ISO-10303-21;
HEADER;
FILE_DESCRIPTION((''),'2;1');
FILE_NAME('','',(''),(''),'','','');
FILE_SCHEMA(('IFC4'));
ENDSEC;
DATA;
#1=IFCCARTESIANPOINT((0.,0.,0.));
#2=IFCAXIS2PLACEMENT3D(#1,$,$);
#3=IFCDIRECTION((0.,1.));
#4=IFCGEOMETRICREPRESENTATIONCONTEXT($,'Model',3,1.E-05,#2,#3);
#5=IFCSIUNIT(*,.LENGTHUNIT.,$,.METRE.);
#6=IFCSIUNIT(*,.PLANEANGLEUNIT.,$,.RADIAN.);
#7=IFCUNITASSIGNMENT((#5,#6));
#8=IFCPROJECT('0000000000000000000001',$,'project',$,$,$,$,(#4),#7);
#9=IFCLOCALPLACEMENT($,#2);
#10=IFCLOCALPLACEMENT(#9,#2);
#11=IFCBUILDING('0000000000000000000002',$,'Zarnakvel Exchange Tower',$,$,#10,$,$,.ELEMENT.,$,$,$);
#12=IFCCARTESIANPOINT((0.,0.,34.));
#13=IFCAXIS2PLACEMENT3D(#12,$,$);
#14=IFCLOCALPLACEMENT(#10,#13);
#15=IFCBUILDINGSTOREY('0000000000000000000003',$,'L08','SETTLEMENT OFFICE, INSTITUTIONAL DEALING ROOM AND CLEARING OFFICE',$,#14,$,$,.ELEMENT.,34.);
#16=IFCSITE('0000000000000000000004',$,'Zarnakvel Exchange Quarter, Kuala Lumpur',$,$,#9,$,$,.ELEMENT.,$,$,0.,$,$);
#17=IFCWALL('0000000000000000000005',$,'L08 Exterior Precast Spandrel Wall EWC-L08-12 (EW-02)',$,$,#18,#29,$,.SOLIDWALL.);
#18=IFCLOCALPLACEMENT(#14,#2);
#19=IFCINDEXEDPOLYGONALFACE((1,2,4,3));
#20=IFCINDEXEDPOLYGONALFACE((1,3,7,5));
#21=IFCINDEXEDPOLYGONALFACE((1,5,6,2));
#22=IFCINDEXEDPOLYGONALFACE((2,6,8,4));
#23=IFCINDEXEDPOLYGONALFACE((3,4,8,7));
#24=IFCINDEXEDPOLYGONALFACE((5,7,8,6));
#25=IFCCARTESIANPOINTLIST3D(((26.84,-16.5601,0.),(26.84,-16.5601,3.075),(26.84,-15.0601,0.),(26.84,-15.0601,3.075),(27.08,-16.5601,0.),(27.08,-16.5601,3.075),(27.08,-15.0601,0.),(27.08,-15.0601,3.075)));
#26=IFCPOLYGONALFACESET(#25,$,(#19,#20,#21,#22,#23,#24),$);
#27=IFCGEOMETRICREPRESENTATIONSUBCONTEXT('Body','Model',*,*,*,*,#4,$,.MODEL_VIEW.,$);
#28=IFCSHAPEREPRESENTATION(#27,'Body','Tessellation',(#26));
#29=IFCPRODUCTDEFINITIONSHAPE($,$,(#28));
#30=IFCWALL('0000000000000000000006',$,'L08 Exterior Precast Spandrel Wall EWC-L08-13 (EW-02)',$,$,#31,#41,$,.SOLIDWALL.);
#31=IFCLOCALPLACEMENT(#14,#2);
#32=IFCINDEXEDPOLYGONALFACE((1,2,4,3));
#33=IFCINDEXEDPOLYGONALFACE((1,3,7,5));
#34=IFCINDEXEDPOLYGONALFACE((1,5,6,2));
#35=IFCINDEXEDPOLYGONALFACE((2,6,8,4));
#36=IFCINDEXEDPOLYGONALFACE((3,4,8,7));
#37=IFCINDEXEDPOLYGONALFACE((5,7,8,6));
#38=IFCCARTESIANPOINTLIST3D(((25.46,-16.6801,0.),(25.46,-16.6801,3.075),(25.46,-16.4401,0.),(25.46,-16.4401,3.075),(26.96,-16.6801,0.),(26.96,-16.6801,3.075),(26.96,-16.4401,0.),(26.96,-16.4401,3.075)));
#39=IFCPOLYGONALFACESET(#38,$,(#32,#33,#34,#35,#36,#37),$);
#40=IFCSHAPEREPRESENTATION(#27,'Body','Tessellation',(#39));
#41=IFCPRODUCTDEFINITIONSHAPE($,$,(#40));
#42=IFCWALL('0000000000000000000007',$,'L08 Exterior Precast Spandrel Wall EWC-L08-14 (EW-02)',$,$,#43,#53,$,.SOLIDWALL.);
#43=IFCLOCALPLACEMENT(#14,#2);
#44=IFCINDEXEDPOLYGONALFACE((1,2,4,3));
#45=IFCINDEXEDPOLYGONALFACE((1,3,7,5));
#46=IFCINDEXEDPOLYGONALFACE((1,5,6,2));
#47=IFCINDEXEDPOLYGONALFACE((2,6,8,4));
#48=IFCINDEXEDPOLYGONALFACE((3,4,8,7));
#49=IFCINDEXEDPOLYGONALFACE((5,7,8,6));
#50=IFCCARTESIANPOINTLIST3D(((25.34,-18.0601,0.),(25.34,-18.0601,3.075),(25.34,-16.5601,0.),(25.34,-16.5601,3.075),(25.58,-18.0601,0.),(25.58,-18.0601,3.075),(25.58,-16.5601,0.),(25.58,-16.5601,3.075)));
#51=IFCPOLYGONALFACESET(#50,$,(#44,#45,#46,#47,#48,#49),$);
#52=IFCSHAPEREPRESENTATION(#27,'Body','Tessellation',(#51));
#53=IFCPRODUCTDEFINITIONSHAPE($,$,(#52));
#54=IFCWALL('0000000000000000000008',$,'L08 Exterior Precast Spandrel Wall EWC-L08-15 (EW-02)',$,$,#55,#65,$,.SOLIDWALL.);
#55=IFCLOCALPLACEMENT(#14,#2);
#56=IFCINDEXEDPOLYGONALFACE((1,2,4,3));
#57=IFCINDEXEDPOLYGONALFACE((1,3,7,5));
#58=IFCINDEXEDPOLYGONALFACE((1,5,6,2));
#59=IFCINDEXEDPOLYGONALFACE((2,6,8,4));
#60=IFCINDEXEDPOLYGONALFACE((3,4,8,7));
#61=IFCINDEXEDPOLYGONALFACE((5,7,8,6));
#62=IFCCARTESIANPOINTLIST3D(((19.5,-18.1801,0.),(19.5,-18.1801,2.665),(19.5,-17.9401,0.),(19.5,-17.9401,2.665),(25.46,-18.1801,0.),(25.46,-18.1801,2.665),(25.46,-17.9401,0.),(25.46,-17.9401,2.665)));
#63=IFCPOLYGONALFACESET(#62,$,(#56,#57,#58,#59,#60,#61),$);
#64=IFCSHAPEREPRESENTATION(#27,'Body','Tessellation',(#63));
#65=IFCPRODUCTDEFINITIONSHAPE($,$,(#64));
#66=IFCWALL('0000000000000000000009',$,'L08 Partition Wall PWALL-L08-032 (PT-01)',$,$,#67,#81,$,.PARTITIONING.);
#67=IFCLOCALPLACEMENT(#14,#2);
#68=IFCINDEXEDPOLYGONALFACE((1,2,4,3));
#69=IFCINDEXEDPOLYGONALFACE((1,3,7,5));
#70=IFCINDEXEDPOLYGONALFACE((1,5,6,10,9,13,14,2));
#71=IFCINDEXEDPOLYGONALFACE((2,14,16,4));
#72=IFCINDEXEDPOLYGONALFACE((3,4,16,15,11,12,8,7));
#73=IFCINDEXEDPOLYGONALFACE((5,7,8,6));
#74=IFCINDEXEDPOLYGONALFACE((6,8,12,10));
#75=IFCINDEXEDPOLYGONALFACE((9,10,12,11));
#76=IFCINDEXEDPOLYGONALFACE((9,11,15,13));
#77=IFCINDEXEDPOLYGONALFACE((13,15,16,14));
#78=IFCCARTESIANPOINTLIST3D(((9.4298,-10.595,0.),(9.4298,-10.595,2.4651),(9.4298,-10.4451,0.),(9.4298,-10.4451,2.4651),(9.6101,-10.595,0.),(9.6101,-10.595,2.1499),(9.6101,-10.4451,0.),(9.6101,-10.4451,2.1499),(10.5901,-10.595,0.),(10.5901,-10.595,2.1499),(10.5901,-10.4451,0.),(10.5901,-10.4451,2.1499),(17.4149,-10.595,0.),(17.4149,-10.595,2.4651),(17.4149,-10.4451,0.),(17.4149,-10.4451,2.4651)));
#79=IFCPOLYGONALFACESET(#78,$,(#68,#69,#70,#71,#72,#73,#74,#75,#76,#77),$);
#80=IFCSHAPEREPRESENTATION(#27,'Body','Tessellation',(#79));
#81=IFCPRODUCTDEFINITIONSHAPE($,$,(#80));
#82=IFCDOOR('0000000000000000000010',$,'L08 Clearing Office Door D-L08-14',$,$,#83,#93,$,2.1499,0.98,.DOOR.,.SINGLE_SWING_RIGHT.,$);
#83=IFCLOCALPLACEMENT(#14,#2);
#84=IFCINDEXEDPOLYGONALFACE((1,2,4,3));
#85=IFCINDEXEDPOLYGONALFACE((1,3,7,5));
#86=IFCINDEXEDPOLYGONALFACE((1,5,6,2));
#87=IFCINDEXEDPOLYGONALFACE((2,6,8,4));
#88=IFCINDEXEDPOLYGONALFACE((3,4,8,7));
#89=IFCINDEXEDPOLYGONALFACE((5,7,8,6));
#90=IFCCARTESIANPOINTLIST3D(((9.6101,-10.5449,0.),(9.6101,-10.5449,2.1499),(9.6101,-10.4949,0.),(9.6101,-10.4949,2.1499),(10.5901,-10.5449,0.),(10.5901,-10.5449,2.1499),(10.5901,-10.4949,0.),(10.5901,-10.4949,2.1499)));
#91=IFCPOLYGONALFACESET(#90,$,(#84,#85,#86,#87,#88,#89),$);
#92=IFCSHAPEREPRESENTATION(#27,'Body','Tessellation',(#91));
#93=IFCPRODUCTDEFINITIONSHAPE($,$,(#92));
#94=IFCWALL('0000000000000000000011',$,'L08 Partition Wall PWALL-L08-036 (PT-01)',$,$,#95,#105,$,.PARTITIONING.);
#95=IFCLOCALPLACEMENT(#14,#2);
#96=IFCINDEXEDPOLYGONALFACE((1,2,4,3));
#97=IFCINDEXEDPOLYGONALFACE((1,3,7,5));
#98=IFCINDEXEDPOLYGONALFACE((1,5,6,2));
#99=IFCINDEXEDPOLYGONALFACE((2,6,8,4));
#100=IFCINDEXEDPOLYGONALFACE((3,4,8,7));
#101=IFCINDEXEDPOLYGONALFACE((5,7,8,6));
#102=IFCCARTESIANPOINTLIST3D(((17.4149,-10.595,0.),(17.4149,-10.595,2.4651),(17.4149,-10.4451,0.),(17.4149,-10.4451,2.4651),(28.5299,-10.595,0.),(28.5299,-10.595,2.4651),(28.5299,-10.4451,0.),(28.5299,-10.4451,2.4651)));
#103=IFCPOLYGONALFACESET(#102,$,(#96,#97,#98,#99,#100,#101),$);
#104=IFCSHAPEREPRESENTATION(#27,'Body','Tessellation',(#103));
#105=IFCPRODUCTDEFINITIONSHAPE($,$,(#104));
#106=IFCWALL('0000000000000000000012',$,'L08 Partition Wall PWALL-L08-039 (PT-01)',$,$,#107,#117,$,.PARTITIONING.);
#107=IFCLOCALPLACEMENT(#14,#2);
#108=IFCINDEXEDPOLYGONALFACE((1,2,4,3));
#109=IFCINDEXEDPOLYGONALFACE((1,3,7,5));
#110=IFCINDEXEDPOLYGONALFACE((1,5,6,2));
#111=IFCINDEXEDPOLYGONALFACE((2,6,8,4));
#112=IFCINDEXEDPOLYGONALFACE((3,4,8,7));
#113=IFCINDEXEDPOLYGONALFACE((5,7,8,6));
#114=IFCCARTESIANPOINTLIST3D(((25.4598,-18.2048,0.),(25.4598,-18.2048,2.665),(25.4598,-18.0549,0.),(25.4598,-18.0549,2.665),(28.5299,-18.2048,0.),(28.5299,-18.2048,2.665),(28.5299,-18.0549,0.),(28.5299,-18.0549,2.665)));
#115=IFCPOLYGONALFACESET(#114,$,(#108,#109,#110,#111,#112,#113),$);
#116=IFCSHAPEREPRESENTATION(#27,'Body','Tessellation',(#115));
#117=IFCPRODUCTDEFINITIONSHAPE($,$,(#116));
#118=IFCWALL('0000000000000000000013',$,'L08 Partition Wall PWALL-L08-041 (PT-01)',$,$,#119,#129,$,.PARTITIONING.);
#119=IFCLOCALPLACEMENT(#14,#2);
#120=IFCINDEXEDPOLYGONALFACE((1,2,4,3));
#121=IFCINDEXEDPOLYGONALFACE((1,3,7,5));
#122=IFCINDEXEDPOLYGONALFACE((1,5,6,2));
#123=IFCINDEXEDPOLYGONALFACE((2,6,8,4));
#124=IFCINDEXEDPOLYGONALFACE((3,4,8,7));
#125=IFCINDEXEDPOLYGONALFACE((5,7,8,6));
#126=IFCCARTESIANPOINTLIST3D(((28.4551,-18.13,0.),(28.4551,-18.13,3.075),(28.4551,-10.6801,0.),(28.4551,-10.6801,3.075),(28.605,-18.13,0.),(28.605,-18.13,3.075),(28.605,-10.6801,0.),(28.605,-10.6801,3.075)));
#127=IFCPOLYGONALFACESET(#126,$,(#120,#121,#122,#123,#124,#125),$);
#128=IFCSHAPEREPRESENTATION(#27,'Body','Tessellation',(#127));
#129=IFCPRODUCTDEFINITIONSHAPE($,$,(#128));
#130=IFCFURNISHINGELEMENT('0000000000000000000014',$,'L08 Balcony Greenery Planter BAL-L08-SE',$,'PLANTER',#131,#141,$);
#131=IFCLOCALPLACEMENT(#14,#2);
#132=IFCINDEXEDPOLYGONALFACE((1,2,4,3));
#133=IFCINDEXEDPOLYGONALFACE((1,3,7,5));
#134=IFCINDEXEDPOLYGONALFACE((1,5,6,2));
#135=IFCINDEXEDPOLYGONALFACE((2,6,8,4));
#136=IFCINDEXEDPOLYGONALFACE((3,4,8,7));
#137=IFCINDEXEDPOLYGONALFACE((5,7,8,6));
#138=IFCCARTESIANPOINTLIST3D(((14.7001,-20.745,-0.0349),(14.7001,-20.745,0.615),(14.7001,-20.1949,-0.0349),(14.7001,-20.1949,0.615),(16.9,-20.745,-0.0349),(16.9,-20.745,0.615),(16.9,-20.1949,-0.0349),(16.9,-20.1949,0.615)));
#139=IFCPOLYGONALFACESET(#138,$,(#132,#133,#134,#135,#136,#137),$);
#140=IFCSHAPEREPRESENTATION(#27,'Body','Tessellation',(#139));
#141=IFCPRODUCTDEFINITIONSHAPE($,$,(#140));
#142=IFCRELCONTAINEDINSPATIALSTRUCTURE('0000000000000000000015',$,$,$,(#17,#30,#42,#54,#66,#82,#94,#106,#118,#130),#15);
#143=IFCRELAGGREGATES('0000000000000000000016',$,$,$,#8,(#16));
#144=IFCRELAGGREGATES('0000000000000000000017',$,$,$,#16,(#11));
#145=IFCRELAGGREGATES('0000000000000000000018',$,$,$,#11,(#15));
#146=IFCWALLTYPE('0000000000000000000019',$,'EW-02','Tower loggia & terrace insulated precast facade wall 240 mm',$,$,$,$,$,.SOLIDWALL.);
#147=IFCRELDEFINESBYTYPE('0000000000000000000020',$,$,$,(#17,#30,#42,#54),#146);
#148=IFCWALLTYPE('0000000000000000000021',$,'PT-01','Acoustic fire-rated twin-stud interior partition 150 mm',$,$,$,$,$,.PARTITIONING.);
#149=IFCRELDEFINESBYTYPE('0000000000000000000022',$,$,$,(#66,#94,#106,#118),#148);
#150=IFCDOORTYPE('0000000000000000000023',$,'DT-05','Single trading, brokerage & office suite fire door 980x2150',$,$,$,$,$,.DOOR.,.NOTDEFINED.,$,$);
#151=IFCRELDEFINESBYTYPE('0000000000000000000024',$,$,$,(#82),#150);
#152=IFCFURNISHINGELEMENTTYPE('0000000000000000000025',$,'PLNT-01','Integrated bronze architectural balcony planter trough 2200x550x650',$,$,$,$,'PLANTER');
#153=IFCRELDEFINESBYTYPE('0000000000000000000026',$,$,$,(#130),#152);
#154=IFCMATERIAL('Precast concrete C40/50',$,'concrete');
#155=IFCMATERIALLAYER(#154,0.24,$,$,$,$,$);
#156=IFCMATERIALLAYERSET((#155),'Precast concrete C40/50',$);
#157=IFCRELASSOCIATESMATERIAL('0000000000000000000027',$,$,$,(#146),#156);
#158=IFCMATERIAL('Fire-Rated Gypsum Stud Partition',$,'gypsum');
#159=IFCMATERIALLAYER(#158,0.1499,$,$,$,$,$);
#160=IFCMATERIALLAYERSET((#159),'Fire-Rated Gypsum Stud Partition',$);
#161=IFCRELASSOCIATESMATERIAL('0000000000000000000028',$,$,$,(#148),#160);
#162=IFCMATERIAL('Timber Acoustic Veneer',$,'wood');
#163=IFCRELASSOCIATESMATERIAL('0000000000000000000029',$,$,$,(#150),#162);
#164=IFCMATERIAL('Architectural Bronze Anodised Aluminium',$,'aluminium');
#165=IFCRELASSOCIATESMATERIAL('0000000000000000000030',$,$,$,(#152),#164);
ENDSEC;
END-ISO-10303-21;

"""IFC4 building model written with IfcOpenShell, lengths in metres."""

from ifc_helpers import new_model, si_unit, direction, frame, frame_2d, origin, origin_2d, place, context, subcontext, project, spatial, rectangle, extrude, source, transform, mapped, material, layer, layer_set, type_object, element, fill, save


model = new_model("IFC4")

# Units and contexts
model_context = context("Model", 3, precision=1e-05, world=origin(), true_north=direction((0.0, 1.0)))
body_context = subcontext(model_context, "Body", "Model", "MODEL_VIEW")
ifc_project = project(units=[si_unit("LENGTHUNIT", "METRE"), si_unit("PLANEANGLEUNIT", "RADIAN")], contexts=[model_context])

# Site, building, storey
site_placement = place(None, origin())
site = spatial("IfcSite", under=ifc_project, at=site_placement, Name="Zarnakvel Exchange Quarter, Kuala Lumpur", CompositionType="ELEMENT", RefElevation=0.0)
building_placement = place(site_placement, origin())
building = spatial("IfcBuilding", under=site, at=building_placement, Name="Zarnakvel Exchange Tower", CompositionType="ELEMENT")
storey_placement = place(building_placement, frame((0.0, 0.0, 34.0)))
storey = spatial("IfcBuildingStorey", under=building, at=storey_placement, Name="L08", Description="SETTLEMENT OFFICE, INSTITUTIONAL DEALING ROOM AND CLEARING OFFICE", CompositionType="ELEMENT", Elevation=34.0)

# Shared definitions
ifc_material_1 = material(Name="Architectural Bronze Anodised Aluminium", Category="aluminium")

# Shared definitions
ifc_material_2 = material(Name="Precast concrete C40/50", Category="concrete")
ifc_layer_1 = layer(ifc_material_2, 0.24)
ifc_layer_set_1 = layer_set([ifc_layer_1], Name="Precast concrete C40/50")
wall_type_1 = type_object("IfcWallType", Name="EW-02", Description="Tower loggia & terrace insulated precast facade wall 240 mm", PredefinedType="SOLIDWALL", material=ifc_layer_set_1)

# Walls
for number, where, z_axis, x_axis, name in (
    (1, (26.96, -16.5601, 0.0), (0.0, 0.0, 1.0), (0.0, 1.0, 0.0), "L08 Exterior Precast Spandrel Wall EWC-L08-12 (EW-02)"),
    (2, (25.46, -16.5601, 0.0), (0.0, 0.0, 1.0), (1.0, 0.0, 0.0), "L08 Exterior Precast Spandrel Wall EWC-L08-13 (EW-02)"),
    (3, (25.46, -18.0601, 0.0), (0.0, 0.0, 1.0), (0.0, 1.0, 0.0), "L08 Exterior Precast Spandrel Wall EWC-L08-14 (EW-02)"),
):
    element("IfcWall", number, at=place(storey_placement, frame(where, z_axis=z_axis, x_axis=x_axis)), inside=storey, type_object=wall_type_1, Name=name, PredefinedType="SOLIDWALL", context=body_context, shape_type="SweptSolid", body=[
        extrude(rectangle(XDim=1.5, YDim=0.24, at=frame_2d((0.75, 0.0))), origin(), (0.0, 0.0, 1.0), 3.075),
    ])
wall_1_placement = place(storey_placement, frame((19.5, -18.0601, 0.0), z_axis=(0.0, 0.0, 1.0), x_axis=(1.0, 0.0, 0.0)))
element("IfcWall", 4, at=wall_1_placement, inside=storey, type_object=wall_type_1, Name="L08 Exterior Precast Spandrel Wall EWC-L08-15 (EW-02)", PredefinedType="SOLIDWALL", context=body_context, shape_type="SweptSolid", body=[
    extrude(rectangle(XDim=5.96, YDim=0.24, at=frame_2d((2.98, 0.0))), origin(), (0.0, 0.0, 1.0), 2.665),
])

# Wall, opening, door
ifc_material_3 = material(Name="Fire-Rated Gypsum Stud Partition", Category="gypsum")
ifc_layer_2 = layer(ifc_material_3, 0.1499)
ifc_layer_set_2 = layer_set([ifc_layer_2], Name="Fire-Rated Gypsum Stud Partition")
wall_type_2 = type_object("IfcWallType", Name="PT-01", Description="Acoustic fire-rated twin-stud interior partition 150 mm", PredefinedType="PARTITIONING", material=ifc_layer_set_2)
wall_2_placement = place(storey_placement, frame((17.415, -10.52, 0.0), z_axis=(0.0, 0.0, 1.0), x_axis=(-1.0, 0.0, 0.0)))
wall_2 = element("IfcWall", 5, at=wall_2_placement, inside=storey, type_object=wall_type_2, Name="L08 Partition Wall PWALL-L08-032 (PT-01)", PredefinedType="PARTITIONING", context=body_context, shape_type="SweptSolid", body=[
    extrude(rectangle(XDim=7.9851, YDim=0.1499, at=frame_2d((3.9927, 0.0))), origin(), (0.0, 0.0, 1.0), 2.4651),
])
opening_1_placement = place(wall_2_placement, frame((6.825, 0.0, 0.0)))
opening_1 = element("IfcOpeningElement", 6, at=opening_1_placement, cuts=wall_2, PredefinedType="OPENING", context=body_context, shape_type="SweptSolid", body=[
    extrude(rectangle(XDim=0.98, YDim=2.1499, at=frame_2d((0.49, 1.075))), frame((0.0, 0.085, 0.0), z_axis=(0.0, -1.0, 0.0), x_axis=(1.0, 0.0, 0.0)), (0.0, 0.0, 1.0), 0.1699),
])
ifc_material_4 = material(Name="Timber Acoustic Veneer", Category="wood")
door_type_1 = type_object("IfcDoorType", Name="DT-05", Description="Single trading, brokerage & office suite fire door 980x2150", OperationType="NOTDEFINED", PredefinedType="DOOR", material=ifc_material_4)
shared_shape_1 = source(origin(), body_context, "Body", "SweptSolid", [
    extrude(rectangle(XDim=0.98, YDim=2.1499, at=frame_2d((0.49, 1.075))), frame((0.0, 0.0249, 0.0), z_axis=(0.0, -1.0, 0.0), x_axis=(1.0, 0.0, 0.0)), (0.0, 0.0, 1.0), 0.05),
])
door_1_placement = place(opening_1_placement, origin())
door_1 = element("IfcDoor", 7, at=door_1_placement, inside=storey, type_object=door_type_1, Name="L08 Clearing Office Door D-L08-14", OperationType="SINGLE_SWING_RIGHT", OverallHeight=2.1499, OverallWidth=0.98, PredefinedType="DOOR", context=body_context, shape_type="MappedRepresentation", body=[
    mapped(shared_shape_1, transform((0.0, 0.0, 0.0), x_axis=(1.0, 0.0, 0.0), y_axis=(0.0, 1.0, 0.0), z_axis=(0.0, 0.0, 1.0), scale=1.0)),
])
fill(opening_1, door_1)

# Walls
wall_3_placement = place(storey_placement, frame((28.53, -10.52, 0.0), z_axis=(0.0, 0.0, 1.0), x_axis=(-1.0, 0.0, 0.0)))
element("IfcWall", 8, at=wall_3_placement, inside=storey, type_object=wall_type_2, Name="L08 Partition Wall PWALL-L08-036 (PT-01)", PredefinedType="PARTITIONING", context=body_context, shape_type="SweptSolid", body=[
    extrude(rectangle(XDim=11.115, YDim=0.1499, at=frame_2d((5.5576, 0.0))), origin(), (0.0, 0.0, 1.0), 2.4651),
])
wall_4_placement = place(storey_placement, frame((28.53, -18.1299, 0.0), z_axis=(0.0, 0.0, 1.0), x_axis=(-1.0, 0.0, 0.0)))
element("IfcWall", 9, at=wall_4_placement, inside=storey, type_object=wall_type_2, Name="L08 Partition Wall PWALL-L08-039 (PT-01)", PredefinedType="PARTITIONING", context=body_context, shape_type="SweptSolid", body=[
    extrude(rectangle(XDim=3.0701, YDim=0.1499, at=frame_2d((1.5352, 0.0))), origin(), (0.0, 0.0, 1.0), 2.665),
])
wall_5_placement = place(storey_placement, frame((28.53, -10.6799, 0.0), z_axis=(0.0, 0.0, 1.0), x_axis=(0.0, -1.0, 0.0)))
element("IfcWall", 10, at=wall_5_placement, inside=storey, type_object=wall_type_2, Name="L08 Partition Wall PWALL-L08-041 (PT-01)", PredefinedType="PARTITIONING", context=body_context, shape_type="SweptSolid", body=[
    extrude(rectangle(XDim=7.45, YDim=0.1499, at=frame_2d((3.7251, 0.0))), origin(), (0.0, 0.0, 1.0), 3.075),
])

# Furnishing element
furnishing_element_type = type_object("IfcFurnishingElementType", Name="PLNT-01", Description="Integrated bronze architectural balcony planter trough 2200x550x650", ElementType="PLANTER", material=ifc_material_1)
shared_shape_2 = source(origin(), body_context, "Body", "SweptSolid", [
    extrude(rectangle(XDim=2.2, YDim=0.55, at=origin_2d()), origin(), (0.0, 0.0, 1.0), 0.6499),
])
furnishing_placement = place(storey_placement, frame((15.8, -20.47, -0.0349), z_axis=(0.0, 0.0, 1.0), x_axis=(1.0, 0.0, 0.0)))
element("IfcFurnishingElement", 11, at=furnishing_placement, inside=storey, type_object=furnishing_element_type, Name="L08 Balcony Greenery Planter BAL-L08-SE", ObjectType="PLANTER", context=body_context, shape_type="MappedRepresentation", body=[
    mapped(shared_shape_2, transform((0.0, 0.0, 0.0), x_axis=(1.0, 0.0, 0.0), y_axis=(0.0, 1.0, 0.0), z_axis=(0.0, 0.0, 1.0), scale=1.0)),
])

save(model, "model.ifc")
